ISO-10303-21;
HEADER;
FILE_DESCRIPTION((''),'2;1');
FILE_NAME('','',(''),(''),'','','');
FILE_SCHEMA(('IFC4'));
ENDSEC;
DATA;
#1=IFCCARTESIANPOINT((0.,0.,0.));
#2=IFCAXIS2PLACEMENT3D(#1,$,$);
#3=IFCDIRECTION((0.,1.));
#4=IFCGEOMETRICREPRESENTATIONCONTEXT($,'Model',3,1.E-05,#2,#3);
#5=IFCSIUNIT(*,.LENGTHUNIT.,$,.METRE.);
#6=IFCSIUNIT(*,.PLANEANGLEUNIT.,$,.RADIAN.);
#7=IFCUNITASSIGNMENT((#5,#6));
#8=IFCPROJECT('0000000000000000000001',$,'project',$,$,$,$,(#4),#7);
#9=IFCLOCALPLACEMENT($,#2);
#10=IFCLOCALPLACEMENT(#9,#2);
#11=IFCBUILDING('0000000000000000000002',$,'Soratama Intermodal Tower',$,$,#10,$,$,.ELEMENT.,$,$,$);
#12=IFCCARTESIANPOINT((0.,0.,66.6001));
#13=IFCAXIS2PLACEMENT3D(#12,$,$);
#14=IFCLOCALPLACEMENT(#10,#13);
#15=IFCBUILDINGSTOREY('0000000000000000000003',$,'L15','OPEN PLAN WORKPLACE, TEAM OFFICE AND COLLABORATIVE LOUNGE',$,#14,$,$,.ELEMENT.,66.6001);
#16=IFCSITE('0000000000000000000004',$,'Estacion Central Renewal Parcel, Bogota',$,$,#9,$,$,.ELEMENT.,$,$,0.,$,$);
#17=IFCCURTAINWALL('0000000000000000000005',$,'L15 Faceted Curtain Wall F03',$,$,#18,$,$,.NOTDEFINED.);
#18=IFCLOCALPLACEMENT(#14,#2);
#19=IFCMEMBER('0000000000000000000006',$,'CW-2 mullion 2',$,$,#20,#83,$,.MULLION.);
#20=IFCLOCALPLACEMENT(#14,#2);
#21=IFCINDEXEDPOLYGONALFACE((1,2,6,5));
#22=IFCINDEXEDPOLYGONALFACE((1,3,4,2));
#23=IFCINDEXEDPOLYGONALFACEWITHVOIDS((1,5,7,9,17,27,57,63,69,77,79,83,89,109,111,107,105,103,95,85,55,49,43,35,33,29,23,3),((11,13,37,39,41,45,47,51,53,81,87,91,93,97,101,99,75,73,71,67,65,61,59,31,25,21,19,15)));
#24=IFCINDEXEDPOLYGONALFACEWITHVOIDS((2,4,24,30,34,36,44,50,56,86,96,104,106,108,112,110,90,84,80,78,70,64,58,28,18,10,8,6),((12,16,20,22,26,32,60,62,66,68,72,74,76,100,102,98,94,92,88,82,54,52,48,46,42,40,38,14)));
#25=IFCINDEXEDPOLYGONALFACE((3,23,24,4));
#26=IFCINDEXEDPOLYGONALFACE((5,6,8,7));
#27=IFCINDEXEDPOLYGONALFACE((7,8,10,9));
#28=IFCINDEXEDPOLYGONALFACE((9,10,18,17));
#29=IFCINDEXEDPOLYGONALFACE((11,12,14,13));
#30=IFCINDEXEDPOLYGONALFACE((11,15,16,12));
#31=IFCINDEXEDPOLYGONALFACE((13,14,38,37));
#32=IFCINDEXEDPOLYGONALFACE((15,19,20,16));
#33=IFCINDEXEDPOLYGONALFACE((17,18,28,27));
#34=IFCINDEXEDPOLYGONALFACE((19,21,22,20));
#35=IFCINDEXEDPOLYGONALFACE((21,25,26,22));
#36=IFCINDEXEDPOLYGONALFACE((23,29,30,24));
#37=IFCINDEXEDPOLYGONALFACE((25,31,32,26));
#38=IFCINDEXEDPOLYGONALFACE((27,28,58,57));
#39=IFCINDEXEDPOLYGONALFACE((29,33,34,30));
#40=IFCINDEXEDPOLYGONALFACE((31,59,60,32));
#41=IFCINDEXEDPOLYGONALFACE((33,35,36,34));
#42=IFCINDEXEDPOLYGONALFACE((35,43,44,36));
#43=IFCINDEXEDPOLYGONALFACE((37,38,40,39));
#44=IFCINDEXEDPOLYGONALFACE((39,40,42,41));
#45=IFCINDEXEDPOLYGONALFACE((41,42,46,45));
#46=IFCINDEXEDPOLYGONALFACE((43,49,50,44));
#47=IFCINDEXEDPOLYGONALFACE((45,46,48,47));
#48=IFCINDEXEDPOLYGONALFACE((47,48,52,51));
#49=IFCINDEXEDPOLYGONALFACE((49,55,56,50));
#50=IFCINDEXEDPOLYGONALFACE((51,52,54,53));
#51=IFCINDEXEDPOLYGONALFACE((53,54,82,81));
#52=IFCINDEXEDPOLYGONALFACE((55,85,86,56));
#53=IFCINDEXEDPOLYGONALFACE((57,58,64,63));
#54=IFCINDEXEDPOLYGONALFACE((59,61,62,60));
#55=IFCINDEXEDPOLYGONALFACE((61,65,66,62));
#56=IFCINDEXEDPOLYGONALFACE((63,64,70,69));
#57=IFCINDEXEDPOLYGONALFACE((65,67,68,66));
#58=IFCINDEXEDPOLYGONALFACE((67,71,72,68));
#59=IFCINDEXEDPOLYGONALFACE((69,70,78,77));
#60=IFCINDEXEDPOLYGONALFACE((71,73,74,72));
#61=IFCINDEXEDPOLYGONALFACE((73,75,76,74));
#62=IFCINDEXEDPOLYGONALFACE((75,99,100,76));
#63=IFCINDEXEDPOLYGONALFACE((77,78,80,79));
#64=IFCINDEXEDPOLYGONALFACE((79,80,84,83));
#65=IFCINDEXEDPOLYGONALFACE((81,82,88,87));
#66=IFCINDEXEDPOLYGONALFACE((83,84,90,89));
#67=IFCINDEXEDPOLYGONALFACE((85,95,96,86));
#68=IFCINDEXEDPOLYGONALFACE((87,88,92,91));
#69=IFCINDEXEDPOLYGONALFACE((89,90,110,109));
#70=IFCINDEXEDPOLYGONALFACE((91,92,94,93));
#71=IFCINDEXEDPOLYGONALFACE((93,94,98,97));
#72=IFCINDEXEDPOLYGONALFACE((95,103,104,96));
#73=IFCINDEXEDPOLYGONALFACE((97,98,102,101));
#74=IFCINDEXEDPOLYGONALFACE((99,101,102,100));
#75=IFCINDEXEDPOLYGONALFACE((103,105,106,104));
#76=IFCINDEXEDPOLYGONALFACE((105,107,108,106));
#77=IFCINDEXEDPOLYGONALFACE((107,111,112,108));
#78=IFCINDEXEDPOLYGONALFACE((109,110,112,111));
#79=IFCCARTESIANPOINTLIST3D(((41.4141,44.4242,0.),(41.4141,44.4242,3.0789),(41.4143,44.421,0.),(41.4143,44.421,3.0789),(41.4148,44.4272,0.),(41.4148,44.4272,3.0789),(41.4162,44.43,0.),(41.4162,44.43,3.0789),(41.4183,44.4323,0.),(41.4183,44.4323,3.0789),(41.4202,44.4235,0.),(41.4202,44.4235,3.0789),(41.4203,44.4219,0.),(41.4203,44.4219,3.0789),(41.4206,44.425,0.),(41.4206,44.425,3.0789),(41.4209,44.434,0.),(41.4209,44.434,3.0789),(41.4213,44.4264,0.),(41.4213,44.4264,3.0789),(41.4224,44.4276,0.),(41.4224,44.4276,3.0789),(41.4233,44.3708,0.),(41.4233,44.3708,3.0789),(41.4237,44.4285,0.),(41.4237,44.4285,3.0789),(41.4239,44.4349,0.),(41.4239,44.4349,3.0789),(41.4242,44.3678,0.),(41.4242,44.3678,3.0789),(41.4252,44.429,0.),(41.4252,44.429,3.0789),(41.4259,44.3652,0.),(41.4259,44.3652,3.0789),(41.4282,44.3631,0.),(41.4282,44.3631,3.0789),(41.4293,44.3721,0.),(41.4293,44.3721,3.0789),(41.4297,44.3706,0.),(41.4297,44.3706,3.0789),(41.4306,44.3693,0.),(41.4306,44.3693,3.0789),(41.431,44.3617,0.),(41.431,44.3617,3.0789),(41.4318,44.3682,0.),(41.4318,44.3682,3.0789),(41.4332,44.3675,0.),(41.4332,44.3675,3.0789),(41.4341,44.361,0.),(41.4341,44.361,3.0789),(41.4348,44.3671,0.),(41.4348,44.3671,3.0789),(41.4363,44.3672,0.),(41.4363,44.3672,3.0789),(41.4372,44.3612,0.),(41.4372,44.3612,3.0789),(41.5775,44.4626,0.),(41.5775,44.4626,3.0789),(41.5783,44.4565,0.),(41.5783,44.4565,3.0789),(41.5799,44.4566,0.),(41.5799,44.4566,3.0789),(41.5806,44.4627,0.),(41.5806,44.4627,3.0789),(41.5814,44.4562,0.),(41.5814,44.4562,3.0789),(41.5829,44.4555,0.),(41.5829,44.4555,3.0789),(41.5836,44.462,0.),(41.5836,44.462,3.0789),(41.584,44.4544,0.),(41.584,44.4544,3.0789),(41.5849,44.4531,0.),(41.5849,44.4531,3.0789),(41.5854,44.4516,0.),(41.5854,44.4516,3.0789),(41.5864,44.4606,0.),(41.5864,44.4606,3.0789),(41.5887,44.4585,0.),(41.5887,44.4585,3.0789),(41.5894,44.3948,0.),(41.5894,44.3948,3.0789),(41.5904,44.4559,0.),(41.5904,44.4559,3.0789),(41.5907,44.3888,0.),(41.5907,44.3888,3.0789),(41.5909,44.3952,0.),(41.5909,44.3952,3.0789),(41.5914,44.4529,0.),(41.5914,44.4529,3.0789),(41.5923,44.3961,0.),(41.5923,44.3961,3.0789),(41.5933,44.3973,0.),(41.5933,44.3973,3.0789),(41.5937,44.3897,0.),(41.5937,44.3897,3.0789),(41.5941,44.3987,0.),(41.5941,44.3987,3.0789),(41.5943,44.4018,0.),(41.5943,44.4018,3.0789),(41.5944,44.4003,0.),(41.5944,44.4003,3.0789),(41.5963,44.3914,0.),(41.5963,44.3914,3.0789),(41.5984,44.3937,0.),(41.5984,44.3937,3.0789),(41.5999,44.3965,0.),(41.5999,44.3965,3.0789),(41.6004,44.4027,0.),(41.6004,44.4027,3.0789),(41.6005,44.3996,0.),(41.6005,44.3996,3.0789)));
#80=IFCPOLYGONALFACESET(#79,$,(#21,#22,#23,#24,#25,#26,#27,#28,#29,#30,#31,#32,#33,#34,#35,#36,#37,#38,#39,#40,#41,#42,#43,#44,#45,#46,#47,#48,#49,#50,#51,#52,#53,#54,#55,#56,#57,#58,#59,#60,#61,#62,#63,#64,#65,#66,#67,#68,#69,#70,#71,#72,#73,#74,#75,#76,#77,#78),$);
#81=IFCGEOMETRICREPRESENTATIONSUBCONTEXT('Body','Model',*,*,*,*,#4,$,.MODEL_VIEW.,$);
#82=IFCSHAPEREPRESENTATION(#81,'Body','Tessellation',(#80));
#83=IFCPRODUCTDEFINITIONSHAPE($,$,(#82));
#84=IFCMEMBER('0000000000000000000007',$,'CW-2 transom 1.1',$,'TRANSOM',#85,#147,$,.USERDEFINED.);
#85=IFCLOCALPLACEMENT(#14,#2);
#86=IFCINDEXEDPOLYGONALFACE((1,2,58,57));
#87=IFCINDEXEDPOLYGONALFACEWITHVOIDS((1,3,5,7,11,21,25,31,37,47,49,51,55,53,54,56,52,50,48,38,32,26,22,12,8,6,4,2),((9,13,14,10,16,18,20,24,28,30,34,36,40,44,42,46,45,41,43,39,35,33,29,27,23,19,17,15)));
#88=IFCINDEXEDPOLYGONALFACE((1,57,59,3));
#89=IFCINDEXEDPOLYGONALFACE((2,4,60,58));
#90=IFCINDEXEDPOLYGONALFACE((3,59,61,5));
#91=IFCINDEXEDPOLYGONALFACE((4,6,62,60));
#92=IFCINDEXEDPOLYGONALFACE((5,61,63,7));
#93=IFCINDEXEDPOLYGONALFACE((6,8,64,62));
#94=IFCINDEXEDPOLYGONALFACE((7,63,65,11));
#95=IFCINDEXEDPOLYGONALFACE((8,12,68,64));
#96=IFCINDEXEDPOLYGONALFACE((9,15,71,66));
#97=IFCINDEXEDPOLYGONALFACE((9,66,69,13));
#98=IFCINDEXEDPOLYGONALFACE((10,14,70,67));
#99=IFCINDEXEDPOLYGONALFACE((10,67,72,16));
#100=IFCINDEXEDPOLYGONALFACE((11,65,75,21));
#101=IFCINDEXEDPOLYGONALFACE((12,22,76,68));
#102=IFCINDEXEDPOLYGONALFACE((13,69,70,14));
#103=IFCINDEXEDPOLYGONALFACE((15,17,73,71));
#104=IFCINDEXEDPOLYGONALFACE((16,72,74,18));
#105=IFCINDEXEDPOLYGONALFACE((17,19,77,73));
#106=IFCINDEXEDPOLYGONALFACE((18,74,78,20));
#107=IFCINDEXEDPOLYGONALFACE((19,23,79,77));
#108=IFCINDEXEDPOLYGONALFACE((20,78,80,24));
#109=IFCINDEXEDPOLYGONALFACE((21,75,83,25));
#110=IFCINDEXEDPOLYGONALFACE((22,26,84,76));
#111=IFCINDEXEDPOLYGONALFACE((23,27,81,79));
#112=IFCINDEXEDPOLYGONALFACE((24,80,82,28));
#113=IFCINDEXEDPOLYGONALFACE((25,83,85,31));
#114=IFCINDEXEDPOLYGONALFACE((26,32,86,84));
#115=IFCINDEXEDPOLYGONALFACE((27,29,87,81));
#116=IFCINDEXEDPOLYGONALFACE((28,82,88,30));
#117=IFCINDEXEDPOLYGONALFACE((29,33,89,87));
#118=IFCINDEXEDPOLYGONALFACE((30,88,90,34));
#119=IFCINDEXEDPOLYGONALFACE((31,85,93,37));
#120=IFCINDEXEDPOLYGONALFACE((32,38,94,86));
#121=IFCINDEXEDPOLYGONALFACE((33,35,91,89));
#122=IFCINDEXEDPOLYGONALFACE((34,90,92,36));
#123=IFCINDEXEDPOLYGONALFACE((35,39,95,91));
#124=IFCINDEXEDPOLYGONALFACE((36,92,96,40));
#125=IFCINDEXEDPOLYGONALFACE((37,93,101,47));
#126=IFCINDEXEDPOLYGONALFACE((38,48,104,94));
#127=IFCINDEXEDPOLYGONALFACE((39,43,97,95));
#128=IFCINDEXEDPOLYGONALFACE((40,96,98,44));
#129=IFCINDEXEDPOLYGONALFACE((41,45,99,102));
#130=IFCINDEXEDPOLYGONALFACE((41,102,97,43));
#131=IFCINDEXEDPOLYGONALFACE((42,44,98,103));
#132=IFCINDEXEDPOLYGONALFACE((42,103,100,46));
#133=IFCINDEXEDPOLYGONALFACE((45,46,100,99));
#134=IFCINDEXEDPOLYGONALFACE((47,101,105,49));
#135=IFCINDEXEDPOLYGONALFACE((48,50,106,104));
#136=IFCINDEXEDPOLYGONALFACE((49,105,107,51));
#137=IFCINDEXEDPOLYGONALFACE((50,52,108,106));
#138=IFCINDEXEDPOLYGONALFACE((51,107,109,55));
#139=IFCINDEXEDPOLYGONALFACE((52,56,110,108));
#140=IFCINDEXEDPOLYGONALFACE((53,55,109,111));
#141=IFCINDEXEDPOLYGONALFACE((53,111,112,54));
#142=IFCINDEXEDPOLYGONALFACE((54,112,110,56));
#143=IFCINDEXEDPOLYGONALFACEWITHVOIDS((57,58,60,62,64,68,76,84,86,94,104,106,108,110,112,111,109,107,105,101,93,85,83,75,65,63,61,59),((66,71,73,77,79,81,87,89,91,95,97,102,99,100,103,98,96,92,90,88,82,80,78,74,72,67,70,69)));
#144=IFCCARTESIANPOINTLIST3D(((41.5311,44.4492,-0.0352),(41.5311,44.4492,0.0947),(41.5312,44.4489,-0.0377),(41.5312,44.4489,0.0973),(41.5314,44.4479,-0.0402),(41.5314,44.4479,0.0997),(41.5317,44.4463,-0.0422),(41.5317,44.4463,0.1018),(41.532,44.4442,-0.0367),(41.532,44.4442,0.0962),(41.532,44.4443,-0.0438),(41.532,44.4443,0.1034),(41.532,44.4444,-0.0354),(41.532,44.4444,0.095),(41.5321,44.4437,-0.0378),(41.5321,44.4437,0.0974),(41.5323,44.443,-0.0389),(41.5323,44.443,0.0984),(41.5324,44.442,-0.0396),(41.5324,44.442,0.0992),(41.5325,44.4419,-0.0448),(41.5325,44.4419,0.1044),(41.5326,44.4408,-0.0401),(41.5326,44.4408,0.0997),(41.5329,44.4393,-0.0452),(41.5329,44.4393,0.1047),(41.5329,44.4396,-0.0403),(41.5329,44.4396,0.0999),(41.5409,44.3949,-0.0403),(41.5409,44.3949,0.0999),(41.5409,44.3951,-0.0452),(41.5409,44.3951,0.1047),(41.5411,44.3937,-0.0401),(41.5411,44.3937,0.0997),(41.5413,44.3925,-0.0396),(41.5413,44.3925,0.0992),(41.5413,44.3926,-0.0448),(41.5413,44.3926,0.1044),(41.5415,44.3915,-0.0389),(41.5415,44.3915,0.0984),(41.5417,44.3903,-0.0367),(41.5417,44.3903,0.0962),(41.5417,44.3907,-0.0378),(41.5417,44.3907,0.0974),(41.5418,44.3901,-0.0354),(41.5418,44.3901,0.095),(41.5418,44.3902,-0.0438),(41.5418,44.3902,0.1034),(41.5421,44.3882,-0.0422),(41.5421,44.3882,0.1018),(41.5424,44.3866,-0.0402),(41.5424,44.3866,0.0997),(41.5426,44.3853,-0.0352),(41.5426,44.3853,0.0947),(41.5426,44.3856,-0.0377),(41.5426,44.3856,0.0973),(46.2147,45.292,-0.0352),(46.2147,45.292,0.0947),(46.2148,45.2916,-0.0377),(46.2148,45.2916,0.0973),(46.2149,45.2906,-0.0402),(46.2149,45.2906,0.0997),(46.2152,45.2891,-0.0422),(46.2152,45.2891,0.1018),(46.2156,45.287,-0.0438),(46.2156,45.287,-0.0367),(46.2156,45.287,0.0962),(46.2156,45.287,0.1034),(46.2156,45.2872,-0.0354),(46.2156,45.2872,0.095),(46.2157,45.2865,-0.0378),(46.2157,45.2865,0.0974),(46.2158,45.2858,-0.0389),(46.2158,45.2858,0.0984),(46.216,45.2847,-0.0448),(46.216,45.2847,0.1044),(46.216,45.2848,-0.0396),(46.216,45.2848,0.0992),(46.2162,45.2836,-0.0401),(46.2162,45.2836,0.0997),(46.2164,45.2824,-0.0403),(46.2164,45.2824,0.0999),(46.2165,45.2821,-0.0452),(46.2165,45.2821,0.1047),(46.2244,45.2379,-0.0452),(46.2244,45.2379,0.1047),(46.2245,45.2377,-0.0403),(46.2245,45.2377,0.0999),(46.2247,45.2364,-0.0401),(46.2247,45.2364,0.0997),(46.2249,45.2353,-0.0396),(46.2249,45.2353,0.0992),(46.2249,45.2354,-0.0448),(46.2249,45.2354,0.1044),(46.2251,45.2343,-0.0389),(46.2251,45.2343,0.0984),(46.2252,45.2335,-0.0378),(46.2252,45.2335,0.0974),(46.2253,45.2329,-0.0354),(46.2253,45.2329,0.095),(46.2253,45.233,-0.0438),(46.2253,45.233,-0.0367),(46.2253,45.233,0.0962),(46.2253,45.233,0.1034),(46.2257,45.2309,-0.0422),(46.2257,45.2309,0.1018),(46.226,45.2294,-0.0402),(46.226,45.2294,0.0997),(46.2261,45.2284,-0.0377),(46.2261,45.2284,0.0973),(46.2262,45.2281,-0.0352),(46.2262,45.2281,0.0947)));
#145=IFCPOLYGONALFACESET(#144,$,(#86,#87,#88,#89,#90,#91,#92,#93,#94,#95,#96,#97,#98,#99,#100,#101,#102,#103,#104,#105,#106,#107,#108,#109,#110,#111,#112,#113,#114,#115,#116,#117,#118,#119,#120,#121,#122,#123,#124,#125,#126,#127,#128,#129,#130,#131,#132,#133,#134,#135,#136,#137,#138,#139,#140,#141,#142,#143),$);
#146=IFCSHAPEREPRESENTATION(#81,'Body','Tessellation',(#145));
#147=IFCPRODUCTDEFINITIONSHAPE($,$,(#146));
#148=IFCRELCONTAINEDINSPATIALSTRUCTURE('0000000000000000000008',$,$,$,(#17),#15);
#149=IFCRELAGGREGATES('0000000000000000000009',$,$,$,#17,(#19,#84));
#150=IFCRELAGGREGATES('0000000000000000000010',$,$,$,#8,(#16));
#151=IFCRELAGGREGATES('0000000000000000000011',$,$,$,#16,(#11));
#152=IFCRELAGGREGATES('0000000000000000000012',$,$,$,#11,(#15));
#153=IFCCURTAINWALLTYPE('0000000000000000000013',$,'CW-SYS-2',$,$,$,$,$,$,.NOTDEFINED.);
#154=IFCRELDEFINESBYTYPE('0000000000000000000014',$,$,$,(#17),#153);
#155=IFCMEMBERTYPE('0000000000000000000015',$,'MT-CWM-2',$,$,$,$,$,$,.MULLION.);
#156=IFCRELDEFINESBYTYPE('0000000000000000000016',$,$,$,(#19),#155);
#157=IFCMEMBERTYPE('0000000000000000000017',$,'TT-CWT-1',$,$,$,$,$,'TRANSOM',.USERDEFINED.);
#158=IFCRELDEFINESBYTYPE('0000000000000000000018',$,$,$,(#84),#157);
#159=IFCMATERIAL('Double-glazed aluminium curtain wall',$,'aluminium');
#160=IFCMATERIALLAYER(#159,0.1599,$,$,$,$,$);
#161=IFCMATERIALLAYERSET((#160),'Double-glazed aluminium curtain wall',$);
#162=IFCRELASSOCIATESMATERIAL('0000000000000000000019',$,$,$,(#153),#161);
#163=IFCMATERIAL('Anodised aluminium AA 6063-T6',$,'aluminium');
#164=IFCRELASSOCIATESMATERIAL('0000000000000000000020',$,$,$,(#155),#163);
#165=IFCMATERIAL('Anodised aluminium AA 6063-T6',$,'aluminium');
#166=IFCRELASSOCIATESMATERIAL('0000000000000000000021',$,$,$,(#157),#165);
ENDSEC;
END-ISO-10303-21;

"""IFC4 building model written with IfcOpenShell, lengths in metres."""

from ifc_helpers import new_model, si_unit, direction, frame, origin, origin_2d, place, context, subcontext, project, spatial, hollow_rectangle, extrude, material, layer, layer_set, material_profile, profile_set, type_object, element, aggregate, save


model = new_model("IFC4")

# Units and contexts
model_context = context("Model", 3, precision=1e-05, world=origin(), true_north=direction((0.0, 1.0)))
body_context = subcontext(model_context, "Body", "Model", "MODEL_VIEW")
ifc_project = project(units=[si_unit("LENGTHUNIT", "METRE"), si_unit("PLANEANGLEUNIT", "RADIAN")], contexts=[model_context])

# Site, building, storey
site_placement = place(None, origin())
site = spatial("IfcSite", under=ifc_project, at=site_placement, Name="Estacion Central Renewal Parcel, Bogota", CompositionType="ELEMENT", RefElevation=0.0)
building_placement = place(site_placement, origin())
building = spatial("IfcBuilding", under=site, at=building_placement, Name="Soratama Intermodal Tower", CompositionType="ELEMENT")
storey_placement = place(building_placement, frame((0.0, 0.0, 66.6001)))
storey = spatial("IfcBuildingStorey", under=building, at=storey_placement, Name="L15", Description="OPEN PLAN WORKPLACE, TEAM OFFICE AND COLLABORATIVE LOUNGE", CompositionType="ELEMENT", Elevation=66.6001)

# Shared definitions
ifc_material_1 = material(Name="Double-glazed aluminium curtain wall", Category="aluminium")
ifc_layer_1 = layer(ifc_material_1, 0.1599)
ifc_layer_set_1 = layer_set([ifc_layer_1], Name="Double-glazed aluminium curtain wall")
curtain_wall_type = type_object("IfcCurtainWallType", Name="CW-SYS-2", PredefinedType="NOTDEFINED", material=ifc_layer_set_1)
ifc_material_2 = material(Name="Anodised aluminium AA 6063-T6", Category="aluminium")
ifc_material_profile_1 = material_profile(ifc_material_2, hollow_rectangle(XDim=0.075, YDim=0.1799, WallThickness=0.0061, InnerFilletRadius=0.0061, OuterFilletRadius=0.012, at=origin_2d()), Name="CWM180X75X6")
ifc_profile_set_1 = profile_set([ifc_material_profile_1], Name="Anodised aluminium AA 6063-T6")
member_type_1 = type_object("IfcMemberType", Name="MT-CWM-2", PredefinedType="MULLION", material=ifc_profile_set_1)

# Curtain wall, members
curtain_wall_1_placement = place(storey_placement, origin())
curtain_wall_1 = element("IfcCurtainWall", 1, at=curtain_wall_1_placement, inside=storey, type_object=curtain_wall_type, Name="L15 Faceted Curtain Wall F03", PredefinedType="NOTDEFINED")
member_1_placement = place(storey_placement, frame((41.5073, 44.4119, 0.0), z_axis=(0.0, 0.0, 1.0), x_axis=(0.177078, -0.984197, 0.0)))
member_1 = element("IfcMember", 2, at=member_1_placement, type_object=member_type_1, Name="CW-2 mullion 2", PredefinedType="MULLION", context=body_context, shape_type="SweptSolid", body=[
    extrude(hollow_rectangle(XDim=0.075, YDim=0.1799, WallThickness=0.0061, InnerFilletRadius=0.0061, OuterFilletRadius=0.012, at=origin_2d()), origin(), (0.0, 0.0, 1.0), 3.0789),
])
ifc_material_3 = material(Name="Anodised aluminium AA 6063-T6", Category="aluminium")
ifc_material_profile_2 = material_profile(ifc_material_3, hollow_rectangle(XDim=0.0649, YDim=0.1499, WallThickness=0.0049, InnerFilletRadius=0.0049, OuterFilletRadius=0.01, at=origin_2d()), Name="CWT150X65X5")
ifc_profile_set_2 = profile_set([ifc_material_profile_2], Name="Anodised aluminium AA 6063-T6")
member_type_2 = type_object("IfcMemberType", Name="TT-CWT-1", ElementType="TRANSOM", PredefinedType="USERDEFINED", material=ifc_profile_set_2)
member_2_placement = place(storey_placement, frame((46.2205, 45.26, 0.0298), z_axis=(-0.984193, -0.177097, 0.0), x_axis=(0.177097, -0.984193, 0.0)))
member_2 = element("IfcMember", 3, at=member_2_placement, type_object=member_type_2, Name="CW-2 transom 1.1", ObjectType="TRANSOM", PredefinedType="USERDEFINED", context=body_context, shape_type="SweptSolid", body=[
    extrude(hollow_rectangle(XDim=0.0649, YDim=0.1499, WallThickness=0.0049, InnerFilletRadius=0.0049, OuterFilletRadius=0.01, at=origin_2d()), origin(), (0.0, 0.0, 1.0), 4.7588),
])

aggregate(curtain_wall_1, [member_1, member_2])

save(model, "model.ifc")
